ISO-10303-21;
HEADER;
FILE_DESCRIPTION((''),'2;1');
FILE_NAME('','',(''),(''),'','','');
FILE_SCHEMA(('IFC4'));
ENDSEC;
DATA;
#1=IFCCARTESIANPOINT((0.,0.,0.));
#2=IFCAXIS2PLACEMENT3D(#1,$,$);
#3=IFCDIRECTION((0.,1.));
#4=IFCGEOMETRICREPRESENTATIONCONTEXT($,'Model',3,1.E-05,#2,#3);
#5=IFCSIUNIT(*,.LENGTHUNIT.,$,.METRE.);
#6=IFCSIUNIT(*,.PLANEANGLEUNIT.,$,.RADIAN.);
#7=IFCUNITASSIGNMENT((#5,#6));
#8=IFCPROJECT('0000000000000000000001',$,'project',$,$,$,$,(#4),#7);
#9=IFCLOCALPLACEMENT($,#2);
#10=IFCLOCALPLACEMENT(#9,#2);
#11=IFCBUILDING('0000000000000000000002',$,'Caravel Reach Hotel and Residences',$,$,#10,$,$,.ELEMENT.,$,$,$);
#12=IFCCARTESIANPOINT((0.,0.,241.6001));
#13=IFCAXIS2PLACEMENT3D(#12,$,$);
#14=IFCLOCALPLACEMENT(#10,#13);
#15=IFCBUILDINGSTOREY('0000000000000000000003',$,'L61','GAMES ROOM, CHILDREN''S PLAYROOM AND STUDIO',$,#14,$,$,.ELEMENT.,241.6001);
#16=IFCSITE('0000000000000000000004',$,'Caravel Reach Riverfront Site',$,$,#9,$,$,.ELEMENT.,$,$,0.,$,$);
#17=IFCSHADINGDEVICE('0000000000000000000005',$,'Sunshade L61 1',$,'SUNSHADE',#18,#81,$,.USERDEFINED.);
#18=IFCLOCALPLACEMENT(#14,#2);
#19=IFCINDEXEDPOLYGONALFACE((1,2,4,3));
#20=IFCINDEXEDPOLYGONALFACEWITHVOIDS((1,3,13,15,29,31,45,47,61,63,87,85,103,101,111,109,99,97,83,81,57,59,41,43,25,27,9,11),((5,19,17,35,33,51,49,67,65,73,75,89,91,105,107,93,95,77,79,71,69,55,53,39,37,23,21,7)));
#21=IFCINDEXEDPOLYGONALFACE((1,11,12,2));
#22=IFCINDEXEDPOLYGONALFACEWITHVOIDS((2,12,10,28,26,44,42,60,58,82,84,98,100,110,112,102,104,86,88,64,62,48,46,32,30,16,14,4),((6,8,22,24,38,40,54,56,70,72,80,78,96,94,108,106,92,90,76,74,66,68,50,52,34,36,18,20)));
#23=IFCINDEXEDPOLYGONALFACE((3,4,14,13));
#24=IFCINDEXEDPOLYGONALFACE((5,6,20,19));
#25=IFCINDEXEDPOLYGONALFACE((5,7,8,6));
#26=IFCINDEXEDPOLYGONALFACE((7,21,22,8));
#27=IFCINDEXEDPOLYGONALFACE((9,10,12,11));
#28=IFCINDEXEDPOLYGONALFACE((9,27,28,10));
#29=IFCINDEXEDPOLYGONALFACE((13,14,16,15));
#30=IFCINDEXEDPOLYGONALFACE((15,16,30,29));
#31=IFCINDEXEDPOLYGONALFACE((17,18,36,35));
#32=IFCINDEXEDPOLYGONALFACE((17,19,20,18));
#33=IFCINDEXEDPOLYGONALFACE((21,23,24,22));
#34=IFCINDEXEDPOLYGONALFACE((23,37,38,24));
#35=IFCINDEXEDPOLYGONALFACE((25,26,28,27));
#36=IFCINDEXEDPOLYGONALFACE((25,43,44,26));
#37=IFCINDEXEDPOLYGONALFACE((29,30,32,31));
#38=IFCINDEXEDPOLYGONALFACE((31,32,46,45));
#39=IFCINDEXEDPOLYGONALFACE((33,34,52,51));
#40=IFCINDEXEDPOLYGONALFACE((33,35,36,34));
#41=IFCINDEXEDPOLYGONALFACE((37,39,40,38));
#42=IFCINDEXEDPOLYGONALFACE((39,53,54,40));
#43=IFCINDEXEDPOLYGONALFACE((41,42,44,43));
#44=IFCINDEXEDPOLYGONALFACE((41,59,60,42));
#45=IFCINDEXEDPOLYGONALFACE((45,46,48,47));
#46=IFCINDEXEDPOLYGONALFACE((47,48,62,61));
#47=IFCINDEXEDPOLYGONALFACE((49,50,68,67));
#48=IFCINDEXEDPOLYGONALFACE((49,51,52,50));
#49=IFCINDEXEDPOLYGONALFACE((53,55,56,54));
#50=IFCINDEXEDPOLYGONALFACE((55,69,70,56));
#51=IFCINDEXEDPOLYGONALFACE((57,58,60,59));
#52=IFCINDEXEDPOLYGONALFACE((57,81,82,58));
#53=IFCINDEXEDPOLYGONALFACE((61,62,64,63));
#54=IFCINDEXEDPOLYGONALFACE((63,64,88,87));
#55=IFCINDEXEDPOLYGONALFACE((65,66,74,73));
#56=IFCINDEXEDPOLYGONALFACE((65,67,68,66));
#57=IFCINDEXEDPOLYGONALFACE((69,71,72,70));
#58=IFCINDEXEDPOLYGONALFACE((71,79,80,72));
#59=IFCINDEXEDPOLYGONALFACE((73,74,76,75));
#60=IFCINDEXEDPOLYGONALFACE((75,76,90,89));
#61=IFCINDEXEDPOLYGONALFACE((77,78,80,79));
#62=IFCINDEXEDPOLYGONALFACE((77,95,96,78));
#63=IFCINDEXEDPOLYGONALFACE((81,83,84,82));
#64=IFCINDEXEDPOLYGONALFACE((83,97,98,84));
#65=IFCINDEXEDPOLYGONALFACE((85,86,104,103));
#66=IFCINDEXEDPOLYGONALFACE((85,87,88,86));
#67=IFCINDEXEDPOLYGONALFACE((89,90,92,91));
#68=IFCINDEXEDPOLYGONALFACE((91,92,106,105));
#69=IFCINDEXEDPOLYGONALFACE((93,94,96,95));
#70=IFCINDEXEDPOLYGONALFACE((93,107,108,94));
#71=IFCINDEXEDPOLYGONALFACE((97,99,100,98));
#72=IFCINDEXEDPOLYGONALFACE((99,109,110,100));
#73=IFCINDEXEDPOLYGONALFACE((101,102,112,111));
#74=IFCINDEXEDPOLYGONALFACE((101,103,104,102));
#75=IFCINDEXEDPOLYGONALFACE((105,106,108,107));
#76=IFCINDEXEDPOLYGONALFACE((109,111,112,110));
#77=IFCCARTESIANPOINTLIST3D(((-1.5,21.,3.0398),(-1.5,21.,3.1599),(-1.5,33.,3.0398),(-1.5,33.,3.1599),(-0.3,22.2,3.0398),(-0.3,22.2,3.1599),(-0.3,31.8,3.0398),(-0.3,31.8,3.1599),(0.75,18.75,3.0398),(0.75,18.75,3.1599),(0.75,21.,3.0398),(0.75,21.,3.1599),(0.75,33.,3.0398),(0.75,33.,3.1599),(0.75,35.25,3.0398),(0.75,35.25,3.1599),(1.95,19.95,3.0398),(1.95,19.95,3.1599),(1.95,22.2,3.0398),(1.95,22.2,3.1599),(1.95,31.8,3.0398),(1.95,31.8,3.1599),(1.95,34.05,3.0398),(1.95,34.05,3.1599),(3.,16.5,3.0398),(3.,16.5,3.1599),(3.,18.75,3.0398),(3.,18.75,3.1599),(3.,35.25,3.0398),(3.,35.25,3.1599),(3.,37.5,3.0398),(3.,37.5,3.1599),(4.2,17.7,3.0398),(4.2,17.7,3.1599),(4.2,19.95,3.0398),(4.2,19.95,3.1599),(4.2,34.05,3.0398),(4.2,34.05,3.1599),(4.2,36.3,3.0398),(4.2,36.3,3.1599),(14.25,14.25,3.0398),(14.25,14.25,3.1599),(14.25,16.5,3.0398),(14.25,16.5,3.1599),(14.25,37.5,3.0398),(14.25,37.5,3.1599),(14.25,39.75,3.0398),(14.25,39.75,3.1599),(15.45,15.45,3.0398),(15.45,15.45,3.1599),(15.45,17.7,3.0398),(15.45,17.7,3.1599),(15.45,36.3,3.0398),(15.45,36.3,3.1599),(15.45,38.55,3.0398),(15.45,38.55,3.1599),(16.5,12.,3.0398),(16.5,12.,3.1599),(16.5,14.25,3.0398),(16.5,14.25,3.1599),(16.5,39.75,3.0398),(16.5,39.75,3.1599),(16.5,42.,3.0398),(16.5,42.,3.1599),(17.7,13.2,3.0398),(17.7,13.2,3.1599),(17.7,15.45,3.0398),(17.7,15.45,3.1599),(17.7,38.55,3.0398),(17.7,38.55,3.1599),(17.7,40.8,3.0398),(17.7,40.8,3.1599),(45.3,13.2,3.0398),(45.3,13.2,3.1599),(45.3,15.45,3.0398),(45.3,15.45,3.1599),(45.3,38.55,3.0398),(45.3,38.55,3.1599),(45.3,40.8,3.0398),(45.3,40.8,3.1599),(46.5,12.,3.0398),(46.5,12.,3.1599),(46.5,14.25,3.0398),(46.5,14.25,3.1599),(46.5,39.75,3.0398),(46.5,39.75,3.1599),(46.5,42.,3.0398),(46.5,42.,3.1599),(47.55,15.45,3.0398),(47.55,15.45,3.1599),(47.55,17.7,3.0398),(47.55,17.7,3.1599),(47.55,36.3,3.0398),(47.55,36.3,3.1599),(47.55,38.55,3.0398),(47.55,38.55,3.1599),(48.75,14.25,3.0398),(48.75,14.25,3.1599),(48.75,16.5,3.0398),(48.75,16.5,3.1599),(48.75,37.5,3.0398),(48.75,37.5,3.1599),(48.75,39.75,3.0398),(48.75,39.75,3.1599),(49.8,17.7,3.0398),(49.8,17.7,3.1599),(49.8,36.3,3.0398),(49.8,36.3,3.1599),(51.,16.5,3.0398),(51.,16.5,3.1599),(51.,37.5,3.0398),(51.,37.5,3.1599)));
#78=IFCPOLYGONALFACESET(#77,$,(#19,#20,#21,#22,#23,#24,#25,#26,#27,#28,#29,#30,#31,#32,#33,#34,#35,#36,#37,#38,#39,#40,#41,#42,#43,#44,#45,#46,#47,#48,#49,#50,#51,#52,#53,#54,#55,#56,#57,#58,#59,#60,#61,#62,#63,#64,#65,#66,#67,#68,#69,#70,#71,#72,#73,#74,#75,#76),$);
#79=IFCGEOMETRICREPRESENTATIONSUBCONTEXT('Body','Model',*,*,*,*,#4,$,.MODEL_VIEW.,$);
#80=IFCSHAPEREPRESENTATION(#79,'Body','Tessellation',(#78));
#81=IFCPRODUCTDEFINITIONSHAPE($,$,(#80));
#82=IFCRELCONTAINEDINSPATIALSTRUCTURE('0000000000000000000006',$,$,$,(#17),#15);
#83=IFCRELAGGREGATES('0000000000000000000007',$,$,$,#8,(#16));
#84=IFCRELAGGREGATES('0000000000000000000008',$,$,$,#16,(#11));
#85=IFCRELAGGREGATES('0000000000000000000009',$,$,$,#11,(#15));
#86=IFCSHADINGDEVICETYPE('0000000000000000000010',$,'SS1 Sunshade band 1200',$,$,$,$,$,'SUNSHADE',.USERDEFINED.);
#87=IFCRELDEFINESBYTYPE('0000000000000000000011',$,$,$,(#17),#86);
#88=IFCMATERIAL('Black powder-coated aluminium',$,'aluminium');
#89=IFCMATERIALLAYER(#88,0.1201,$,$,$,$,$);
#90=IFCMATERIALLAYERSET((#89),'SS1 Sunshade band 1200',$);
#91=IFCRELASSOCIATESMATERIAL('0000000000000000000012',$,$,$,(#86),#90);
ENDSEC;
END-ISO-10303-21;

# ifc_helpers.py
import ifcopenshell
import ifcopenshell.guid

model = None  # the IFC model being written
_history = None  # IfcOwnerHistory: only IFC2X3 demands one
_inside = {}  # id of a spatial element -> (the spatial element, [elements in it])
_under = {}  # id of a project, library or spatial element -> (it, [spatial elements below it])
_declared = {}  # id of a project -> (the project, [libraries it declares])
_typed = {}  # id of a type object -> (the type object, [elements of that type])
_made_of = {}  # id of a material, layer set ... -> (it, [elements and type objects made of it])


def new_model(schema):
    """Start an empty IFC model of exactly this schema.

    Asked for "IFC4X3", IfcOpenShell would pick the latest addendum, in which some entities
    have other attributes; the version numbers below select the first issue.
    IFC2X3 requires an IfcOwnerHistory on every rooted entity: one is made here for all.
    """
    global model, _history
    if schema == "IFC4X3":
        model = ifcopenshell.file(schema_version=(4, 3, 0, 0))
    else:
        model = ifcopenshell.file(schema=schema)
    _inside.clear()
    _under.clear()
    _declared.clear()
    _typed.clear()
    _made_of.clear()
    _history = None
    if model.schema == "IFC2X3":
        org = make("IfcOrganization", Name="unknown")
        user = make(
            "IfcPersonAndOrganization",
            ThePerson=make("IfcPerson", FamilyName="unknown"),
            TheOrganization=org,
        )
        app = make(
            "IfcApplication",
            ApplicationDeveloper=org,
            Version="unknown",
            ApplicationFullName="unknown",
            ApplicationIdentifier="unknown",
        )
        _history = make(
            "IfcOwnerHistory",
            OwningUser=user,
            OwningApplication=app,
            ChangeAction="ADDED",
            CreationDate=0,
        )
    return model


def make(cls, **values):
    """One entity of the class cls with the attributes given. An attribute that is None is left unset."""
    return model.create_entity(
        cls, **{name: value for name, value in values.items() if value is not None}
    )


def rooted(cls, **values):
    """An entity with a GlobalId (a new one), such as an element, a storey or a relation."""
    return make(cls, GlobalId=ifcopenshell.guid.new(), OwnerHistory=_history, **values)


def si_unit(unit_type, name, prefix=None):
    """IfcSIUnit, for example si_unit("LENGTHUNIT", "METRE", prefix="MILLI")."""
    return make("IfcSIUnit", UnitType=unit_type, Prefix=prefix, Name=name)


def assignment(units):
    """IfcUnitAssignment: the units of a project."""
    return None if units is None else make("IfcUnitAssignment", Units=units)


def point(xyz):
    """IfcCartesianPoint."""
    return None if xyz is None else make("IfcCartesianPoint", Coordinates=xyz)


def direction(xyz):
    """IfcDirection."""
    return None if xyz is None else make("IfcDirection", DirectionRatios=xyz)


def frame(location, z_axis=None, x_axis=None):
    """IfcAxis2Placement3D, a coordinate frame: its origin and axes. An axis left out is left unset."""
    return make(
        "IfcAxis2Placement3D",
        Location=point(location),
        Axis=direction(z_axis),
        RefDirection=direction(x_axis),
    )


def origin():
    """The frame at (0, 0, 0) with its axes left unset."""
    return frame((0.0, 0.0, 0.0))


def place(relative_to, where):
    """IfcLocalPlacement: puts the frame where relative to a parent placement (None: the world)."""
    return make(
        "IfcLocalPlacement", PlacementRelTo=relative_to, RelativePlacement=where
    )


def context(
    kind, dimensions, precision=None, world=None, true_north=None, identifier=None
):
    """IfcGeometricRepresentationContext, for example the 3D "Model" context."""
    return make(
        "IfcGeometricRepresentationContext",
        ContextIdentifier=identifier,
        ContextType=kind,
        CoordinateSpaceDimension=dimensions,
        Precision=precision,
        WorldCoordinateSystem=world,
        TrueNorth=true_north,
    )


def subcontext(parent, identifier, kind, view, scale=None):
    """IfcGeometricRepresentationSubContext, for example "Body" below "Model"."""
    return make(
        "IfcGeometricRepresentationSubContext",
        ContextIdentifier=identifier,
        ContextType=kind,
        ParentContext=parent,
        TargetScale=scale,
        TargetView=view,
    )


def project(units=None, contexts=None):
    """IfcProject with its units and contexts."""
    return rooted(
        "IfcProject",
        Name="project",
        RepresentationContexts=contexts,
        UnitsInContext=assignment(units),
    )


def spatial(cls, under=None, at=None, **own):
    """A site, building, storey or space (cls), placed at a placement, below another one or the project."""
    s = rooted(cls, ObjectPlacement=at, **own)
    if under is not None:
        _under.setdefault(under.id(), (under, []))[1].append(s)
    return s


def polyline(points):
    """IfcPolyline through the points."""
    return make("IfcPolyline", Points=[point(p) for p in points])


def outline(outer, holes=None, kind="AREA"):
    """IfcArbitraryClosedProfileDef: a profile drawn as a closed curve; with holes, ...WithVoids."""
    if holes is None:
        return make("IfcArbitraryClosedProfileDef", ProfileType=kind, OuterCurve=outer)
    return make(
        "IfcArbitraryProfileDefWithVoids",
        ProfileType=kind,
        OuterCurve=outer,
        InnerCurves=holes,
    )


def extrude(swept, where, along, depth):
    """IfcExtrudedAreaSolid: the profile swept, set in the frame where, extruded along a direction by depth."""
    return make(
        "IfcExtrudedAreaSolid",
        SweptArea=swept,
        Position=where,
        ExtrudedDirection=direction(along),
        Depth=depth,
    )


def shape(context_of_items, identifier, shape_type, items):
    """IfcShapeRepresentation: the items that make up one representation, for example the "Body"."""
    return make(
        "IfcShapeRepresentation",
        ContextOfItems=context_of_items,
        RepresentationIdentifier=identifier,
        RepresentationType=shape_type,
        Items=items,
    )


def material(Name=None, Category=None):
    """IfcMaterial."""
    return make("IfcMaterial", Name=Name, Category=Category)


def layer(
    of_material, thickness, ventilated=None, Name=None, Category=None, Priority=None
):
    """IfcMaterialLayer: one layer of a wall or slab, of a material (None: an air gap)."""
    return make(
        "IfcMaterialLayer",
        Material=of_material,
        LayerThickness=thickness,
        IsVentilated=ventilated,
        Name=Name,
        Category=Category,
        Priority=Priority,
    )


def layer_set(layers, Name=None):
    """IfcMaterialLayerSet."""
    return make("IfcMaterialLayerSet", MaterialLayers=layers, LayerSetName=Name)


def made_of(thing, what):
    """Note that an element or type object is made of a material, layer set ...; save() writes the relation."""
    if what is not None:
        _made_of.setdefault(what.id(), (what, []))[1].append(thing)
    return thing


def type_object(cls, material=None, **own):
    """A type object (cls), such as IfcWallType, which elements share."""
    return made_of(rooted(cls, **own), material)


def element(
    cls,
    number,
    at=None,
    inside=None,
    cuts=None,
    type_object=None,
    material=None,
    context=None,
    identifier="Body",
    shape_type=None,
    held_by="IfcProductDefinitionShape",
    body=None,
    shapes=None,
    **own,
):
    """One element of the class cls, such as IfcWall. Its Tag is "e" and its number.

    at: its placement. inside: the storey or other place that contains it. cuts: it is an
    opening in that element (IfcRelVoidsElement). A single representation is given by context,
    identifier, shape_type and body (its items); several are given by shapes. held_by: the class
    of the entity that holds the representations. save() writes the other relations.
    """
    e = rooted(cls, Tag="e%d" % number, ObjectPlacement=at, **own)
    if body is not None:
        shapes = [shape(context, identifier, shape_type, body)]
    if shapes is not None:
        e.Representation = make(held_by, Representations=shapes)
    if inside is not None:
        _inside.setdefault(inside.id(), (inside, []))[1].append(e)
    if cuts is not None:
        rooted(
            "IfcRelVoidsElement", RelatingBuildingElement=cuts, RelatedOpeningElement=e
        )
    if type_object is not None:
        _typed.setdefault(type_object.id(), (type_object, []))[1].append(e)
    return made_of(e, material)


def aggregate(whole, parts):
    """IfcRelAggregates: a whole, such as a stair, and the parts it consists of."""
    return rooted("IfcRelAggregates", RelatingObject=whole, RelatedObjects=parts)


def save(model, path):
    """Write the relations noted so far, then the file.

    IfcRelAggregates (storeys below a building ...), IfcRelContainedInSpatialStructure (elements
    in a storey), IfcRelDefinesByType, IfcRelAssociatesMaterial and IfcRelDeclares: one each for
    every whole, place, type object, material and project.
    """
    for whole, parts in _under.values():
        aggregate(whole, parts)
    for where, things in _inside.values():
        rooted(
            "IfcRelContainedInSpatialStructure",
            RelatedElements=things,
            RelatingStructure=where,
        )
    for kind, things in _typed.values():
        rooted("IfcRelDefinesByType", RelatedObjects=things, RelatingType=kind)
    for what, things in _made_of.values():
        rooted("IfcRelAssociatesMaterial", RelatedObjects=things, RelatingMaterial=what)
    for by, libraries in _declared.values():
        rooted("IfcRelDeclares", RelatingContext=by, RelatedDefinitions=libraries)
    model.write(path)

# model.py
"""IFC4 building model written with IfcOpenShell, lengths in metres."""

from ifc_helpers import new_model, si_unit, direction, frame, origin, place, context, subcontext, project, spatial, polyline, outline, extrude, material, layer, layer_set, type_object, element, save


model = new_model("IFC4")

# Units and contexts
model_context = context("Model", 3, precision=1e-05, world=origin(), true_north=direction((0.0, 1.0)))
body_context = subcontext(model_context, "Body", "Model", "MODEL_VIEW")
ifc_project = project(units=[si_unit("LENGTHUNIT", "METRE"), si_unit("PLANEANGLEUNIT", "RADIAN")], contexts=[model_context])

# Site, building, storey
site_placement = place(None, origin())
site = spatial("IfcSite", under=ifc_project, at=site_placement, Name="Caravel Reach Riverfront Site", CompositionType="ELEMENT", RefElevation=0.0)
building_placement = place(site_placement, origin())
building = spatial("IfcBuilding", under=site, at=building_placement, Name="Caravel Reach Hotel and Residences", CompositionType="ELEMENT")
storey_placement = place(building_placement, frame((0.0, 0.0, 241.6001)))
storey = spatial("IfcBuildingStorey", under=building, at=storey_placement, Name="L61", Description="GAMES ROOM, CHILDREN'S PLAYROOM AND STUDIO", CompositionType="ELEMENT", Elevation=241.6001)

# Shading device
ifc_material_1 = material(Name="Black powder-coated aluminium", Category="aluminium")
ifc_layer_1 = layer(ifc_material_1, 0.1201)
ifc_layer_set_1 = layer_set([ifc_layer_1], Name="SS1 Sunshade band 1200")
shading_device_type = type_object("IfcShadingDeviceType", Name="SS1 Sunshade band 1200", ElementType="SUNSHADE", PredefinedType="USERDEFINED", material=ifc_layer_set_1)
shading_device_placement = place(storey_placement, frame((0.0, 0.0, 3.0398)))
element("IfcShadingDevice", 1, at=shading_device_placement, inside=storey, type_object=shading_device_type, Name="Sunshade L61 1", ObjectType="SUNSHADE", PredefinedType="USERDEFINED", context=body_context, shape_type="SweptSolid", body=[
    extrude(outline(polyline([(3.0, 16.5), (14.25, 16.5), (14.25, 14.25), (16.5, 14.25), (16.5, 12.0), (46.5, 12.0), (46.5, 14.25), (48.75, 14.25), (48.75, 16.5), (51.0, 16.5), (51.0, 37.5), (48.75, 37.5), (48.75, 39.75), (46.5, 39.75), (46.5, 42.0), (16.5, 42.0), (16.5, 39.75), (14.25, 39.75), (14.25, 37.5), (3.0, 37.5), (3.0, 35.25), (0.75, 35.25), (0.75, 33.0), (-1.5, 33.0), (-1.5, 21.0), (0.75, 21.0), (0.75, 18.75), (3.0, 18.75), (3.0, 16.5)]), holes=[polyline([(15.45, 15.45), (15.45, 17.7), (4.2, 17.7), (4.2, 19.95), (1.95, 19.95), (1.95, 22.2), (-0.3, 22.2), (-0.3, 31.8), (1.95, 31.8), (1.95, 34.05), (4.2, 34.05), (4.2, 36.3), (15.45, 36.3), (15.45, 38.55), (17.7, 38.55), (17.7, 40.8), (45.3, 40.8), (45.3, 38.55), (47.55, 38.55), (47.55, 36.3), (49.8, 36.3), (49.8, 17.7), (47.55, 17.7), (47.55, 15.45), (45.3, 15.45), (45.3, 13.2), (17.7, 13.2), (17.7, 15.45), (15.45, 15.45)])]), origin(), (0.0, 0.0, 1.0), 0.1201),
])

save(model, "model.ifc")
